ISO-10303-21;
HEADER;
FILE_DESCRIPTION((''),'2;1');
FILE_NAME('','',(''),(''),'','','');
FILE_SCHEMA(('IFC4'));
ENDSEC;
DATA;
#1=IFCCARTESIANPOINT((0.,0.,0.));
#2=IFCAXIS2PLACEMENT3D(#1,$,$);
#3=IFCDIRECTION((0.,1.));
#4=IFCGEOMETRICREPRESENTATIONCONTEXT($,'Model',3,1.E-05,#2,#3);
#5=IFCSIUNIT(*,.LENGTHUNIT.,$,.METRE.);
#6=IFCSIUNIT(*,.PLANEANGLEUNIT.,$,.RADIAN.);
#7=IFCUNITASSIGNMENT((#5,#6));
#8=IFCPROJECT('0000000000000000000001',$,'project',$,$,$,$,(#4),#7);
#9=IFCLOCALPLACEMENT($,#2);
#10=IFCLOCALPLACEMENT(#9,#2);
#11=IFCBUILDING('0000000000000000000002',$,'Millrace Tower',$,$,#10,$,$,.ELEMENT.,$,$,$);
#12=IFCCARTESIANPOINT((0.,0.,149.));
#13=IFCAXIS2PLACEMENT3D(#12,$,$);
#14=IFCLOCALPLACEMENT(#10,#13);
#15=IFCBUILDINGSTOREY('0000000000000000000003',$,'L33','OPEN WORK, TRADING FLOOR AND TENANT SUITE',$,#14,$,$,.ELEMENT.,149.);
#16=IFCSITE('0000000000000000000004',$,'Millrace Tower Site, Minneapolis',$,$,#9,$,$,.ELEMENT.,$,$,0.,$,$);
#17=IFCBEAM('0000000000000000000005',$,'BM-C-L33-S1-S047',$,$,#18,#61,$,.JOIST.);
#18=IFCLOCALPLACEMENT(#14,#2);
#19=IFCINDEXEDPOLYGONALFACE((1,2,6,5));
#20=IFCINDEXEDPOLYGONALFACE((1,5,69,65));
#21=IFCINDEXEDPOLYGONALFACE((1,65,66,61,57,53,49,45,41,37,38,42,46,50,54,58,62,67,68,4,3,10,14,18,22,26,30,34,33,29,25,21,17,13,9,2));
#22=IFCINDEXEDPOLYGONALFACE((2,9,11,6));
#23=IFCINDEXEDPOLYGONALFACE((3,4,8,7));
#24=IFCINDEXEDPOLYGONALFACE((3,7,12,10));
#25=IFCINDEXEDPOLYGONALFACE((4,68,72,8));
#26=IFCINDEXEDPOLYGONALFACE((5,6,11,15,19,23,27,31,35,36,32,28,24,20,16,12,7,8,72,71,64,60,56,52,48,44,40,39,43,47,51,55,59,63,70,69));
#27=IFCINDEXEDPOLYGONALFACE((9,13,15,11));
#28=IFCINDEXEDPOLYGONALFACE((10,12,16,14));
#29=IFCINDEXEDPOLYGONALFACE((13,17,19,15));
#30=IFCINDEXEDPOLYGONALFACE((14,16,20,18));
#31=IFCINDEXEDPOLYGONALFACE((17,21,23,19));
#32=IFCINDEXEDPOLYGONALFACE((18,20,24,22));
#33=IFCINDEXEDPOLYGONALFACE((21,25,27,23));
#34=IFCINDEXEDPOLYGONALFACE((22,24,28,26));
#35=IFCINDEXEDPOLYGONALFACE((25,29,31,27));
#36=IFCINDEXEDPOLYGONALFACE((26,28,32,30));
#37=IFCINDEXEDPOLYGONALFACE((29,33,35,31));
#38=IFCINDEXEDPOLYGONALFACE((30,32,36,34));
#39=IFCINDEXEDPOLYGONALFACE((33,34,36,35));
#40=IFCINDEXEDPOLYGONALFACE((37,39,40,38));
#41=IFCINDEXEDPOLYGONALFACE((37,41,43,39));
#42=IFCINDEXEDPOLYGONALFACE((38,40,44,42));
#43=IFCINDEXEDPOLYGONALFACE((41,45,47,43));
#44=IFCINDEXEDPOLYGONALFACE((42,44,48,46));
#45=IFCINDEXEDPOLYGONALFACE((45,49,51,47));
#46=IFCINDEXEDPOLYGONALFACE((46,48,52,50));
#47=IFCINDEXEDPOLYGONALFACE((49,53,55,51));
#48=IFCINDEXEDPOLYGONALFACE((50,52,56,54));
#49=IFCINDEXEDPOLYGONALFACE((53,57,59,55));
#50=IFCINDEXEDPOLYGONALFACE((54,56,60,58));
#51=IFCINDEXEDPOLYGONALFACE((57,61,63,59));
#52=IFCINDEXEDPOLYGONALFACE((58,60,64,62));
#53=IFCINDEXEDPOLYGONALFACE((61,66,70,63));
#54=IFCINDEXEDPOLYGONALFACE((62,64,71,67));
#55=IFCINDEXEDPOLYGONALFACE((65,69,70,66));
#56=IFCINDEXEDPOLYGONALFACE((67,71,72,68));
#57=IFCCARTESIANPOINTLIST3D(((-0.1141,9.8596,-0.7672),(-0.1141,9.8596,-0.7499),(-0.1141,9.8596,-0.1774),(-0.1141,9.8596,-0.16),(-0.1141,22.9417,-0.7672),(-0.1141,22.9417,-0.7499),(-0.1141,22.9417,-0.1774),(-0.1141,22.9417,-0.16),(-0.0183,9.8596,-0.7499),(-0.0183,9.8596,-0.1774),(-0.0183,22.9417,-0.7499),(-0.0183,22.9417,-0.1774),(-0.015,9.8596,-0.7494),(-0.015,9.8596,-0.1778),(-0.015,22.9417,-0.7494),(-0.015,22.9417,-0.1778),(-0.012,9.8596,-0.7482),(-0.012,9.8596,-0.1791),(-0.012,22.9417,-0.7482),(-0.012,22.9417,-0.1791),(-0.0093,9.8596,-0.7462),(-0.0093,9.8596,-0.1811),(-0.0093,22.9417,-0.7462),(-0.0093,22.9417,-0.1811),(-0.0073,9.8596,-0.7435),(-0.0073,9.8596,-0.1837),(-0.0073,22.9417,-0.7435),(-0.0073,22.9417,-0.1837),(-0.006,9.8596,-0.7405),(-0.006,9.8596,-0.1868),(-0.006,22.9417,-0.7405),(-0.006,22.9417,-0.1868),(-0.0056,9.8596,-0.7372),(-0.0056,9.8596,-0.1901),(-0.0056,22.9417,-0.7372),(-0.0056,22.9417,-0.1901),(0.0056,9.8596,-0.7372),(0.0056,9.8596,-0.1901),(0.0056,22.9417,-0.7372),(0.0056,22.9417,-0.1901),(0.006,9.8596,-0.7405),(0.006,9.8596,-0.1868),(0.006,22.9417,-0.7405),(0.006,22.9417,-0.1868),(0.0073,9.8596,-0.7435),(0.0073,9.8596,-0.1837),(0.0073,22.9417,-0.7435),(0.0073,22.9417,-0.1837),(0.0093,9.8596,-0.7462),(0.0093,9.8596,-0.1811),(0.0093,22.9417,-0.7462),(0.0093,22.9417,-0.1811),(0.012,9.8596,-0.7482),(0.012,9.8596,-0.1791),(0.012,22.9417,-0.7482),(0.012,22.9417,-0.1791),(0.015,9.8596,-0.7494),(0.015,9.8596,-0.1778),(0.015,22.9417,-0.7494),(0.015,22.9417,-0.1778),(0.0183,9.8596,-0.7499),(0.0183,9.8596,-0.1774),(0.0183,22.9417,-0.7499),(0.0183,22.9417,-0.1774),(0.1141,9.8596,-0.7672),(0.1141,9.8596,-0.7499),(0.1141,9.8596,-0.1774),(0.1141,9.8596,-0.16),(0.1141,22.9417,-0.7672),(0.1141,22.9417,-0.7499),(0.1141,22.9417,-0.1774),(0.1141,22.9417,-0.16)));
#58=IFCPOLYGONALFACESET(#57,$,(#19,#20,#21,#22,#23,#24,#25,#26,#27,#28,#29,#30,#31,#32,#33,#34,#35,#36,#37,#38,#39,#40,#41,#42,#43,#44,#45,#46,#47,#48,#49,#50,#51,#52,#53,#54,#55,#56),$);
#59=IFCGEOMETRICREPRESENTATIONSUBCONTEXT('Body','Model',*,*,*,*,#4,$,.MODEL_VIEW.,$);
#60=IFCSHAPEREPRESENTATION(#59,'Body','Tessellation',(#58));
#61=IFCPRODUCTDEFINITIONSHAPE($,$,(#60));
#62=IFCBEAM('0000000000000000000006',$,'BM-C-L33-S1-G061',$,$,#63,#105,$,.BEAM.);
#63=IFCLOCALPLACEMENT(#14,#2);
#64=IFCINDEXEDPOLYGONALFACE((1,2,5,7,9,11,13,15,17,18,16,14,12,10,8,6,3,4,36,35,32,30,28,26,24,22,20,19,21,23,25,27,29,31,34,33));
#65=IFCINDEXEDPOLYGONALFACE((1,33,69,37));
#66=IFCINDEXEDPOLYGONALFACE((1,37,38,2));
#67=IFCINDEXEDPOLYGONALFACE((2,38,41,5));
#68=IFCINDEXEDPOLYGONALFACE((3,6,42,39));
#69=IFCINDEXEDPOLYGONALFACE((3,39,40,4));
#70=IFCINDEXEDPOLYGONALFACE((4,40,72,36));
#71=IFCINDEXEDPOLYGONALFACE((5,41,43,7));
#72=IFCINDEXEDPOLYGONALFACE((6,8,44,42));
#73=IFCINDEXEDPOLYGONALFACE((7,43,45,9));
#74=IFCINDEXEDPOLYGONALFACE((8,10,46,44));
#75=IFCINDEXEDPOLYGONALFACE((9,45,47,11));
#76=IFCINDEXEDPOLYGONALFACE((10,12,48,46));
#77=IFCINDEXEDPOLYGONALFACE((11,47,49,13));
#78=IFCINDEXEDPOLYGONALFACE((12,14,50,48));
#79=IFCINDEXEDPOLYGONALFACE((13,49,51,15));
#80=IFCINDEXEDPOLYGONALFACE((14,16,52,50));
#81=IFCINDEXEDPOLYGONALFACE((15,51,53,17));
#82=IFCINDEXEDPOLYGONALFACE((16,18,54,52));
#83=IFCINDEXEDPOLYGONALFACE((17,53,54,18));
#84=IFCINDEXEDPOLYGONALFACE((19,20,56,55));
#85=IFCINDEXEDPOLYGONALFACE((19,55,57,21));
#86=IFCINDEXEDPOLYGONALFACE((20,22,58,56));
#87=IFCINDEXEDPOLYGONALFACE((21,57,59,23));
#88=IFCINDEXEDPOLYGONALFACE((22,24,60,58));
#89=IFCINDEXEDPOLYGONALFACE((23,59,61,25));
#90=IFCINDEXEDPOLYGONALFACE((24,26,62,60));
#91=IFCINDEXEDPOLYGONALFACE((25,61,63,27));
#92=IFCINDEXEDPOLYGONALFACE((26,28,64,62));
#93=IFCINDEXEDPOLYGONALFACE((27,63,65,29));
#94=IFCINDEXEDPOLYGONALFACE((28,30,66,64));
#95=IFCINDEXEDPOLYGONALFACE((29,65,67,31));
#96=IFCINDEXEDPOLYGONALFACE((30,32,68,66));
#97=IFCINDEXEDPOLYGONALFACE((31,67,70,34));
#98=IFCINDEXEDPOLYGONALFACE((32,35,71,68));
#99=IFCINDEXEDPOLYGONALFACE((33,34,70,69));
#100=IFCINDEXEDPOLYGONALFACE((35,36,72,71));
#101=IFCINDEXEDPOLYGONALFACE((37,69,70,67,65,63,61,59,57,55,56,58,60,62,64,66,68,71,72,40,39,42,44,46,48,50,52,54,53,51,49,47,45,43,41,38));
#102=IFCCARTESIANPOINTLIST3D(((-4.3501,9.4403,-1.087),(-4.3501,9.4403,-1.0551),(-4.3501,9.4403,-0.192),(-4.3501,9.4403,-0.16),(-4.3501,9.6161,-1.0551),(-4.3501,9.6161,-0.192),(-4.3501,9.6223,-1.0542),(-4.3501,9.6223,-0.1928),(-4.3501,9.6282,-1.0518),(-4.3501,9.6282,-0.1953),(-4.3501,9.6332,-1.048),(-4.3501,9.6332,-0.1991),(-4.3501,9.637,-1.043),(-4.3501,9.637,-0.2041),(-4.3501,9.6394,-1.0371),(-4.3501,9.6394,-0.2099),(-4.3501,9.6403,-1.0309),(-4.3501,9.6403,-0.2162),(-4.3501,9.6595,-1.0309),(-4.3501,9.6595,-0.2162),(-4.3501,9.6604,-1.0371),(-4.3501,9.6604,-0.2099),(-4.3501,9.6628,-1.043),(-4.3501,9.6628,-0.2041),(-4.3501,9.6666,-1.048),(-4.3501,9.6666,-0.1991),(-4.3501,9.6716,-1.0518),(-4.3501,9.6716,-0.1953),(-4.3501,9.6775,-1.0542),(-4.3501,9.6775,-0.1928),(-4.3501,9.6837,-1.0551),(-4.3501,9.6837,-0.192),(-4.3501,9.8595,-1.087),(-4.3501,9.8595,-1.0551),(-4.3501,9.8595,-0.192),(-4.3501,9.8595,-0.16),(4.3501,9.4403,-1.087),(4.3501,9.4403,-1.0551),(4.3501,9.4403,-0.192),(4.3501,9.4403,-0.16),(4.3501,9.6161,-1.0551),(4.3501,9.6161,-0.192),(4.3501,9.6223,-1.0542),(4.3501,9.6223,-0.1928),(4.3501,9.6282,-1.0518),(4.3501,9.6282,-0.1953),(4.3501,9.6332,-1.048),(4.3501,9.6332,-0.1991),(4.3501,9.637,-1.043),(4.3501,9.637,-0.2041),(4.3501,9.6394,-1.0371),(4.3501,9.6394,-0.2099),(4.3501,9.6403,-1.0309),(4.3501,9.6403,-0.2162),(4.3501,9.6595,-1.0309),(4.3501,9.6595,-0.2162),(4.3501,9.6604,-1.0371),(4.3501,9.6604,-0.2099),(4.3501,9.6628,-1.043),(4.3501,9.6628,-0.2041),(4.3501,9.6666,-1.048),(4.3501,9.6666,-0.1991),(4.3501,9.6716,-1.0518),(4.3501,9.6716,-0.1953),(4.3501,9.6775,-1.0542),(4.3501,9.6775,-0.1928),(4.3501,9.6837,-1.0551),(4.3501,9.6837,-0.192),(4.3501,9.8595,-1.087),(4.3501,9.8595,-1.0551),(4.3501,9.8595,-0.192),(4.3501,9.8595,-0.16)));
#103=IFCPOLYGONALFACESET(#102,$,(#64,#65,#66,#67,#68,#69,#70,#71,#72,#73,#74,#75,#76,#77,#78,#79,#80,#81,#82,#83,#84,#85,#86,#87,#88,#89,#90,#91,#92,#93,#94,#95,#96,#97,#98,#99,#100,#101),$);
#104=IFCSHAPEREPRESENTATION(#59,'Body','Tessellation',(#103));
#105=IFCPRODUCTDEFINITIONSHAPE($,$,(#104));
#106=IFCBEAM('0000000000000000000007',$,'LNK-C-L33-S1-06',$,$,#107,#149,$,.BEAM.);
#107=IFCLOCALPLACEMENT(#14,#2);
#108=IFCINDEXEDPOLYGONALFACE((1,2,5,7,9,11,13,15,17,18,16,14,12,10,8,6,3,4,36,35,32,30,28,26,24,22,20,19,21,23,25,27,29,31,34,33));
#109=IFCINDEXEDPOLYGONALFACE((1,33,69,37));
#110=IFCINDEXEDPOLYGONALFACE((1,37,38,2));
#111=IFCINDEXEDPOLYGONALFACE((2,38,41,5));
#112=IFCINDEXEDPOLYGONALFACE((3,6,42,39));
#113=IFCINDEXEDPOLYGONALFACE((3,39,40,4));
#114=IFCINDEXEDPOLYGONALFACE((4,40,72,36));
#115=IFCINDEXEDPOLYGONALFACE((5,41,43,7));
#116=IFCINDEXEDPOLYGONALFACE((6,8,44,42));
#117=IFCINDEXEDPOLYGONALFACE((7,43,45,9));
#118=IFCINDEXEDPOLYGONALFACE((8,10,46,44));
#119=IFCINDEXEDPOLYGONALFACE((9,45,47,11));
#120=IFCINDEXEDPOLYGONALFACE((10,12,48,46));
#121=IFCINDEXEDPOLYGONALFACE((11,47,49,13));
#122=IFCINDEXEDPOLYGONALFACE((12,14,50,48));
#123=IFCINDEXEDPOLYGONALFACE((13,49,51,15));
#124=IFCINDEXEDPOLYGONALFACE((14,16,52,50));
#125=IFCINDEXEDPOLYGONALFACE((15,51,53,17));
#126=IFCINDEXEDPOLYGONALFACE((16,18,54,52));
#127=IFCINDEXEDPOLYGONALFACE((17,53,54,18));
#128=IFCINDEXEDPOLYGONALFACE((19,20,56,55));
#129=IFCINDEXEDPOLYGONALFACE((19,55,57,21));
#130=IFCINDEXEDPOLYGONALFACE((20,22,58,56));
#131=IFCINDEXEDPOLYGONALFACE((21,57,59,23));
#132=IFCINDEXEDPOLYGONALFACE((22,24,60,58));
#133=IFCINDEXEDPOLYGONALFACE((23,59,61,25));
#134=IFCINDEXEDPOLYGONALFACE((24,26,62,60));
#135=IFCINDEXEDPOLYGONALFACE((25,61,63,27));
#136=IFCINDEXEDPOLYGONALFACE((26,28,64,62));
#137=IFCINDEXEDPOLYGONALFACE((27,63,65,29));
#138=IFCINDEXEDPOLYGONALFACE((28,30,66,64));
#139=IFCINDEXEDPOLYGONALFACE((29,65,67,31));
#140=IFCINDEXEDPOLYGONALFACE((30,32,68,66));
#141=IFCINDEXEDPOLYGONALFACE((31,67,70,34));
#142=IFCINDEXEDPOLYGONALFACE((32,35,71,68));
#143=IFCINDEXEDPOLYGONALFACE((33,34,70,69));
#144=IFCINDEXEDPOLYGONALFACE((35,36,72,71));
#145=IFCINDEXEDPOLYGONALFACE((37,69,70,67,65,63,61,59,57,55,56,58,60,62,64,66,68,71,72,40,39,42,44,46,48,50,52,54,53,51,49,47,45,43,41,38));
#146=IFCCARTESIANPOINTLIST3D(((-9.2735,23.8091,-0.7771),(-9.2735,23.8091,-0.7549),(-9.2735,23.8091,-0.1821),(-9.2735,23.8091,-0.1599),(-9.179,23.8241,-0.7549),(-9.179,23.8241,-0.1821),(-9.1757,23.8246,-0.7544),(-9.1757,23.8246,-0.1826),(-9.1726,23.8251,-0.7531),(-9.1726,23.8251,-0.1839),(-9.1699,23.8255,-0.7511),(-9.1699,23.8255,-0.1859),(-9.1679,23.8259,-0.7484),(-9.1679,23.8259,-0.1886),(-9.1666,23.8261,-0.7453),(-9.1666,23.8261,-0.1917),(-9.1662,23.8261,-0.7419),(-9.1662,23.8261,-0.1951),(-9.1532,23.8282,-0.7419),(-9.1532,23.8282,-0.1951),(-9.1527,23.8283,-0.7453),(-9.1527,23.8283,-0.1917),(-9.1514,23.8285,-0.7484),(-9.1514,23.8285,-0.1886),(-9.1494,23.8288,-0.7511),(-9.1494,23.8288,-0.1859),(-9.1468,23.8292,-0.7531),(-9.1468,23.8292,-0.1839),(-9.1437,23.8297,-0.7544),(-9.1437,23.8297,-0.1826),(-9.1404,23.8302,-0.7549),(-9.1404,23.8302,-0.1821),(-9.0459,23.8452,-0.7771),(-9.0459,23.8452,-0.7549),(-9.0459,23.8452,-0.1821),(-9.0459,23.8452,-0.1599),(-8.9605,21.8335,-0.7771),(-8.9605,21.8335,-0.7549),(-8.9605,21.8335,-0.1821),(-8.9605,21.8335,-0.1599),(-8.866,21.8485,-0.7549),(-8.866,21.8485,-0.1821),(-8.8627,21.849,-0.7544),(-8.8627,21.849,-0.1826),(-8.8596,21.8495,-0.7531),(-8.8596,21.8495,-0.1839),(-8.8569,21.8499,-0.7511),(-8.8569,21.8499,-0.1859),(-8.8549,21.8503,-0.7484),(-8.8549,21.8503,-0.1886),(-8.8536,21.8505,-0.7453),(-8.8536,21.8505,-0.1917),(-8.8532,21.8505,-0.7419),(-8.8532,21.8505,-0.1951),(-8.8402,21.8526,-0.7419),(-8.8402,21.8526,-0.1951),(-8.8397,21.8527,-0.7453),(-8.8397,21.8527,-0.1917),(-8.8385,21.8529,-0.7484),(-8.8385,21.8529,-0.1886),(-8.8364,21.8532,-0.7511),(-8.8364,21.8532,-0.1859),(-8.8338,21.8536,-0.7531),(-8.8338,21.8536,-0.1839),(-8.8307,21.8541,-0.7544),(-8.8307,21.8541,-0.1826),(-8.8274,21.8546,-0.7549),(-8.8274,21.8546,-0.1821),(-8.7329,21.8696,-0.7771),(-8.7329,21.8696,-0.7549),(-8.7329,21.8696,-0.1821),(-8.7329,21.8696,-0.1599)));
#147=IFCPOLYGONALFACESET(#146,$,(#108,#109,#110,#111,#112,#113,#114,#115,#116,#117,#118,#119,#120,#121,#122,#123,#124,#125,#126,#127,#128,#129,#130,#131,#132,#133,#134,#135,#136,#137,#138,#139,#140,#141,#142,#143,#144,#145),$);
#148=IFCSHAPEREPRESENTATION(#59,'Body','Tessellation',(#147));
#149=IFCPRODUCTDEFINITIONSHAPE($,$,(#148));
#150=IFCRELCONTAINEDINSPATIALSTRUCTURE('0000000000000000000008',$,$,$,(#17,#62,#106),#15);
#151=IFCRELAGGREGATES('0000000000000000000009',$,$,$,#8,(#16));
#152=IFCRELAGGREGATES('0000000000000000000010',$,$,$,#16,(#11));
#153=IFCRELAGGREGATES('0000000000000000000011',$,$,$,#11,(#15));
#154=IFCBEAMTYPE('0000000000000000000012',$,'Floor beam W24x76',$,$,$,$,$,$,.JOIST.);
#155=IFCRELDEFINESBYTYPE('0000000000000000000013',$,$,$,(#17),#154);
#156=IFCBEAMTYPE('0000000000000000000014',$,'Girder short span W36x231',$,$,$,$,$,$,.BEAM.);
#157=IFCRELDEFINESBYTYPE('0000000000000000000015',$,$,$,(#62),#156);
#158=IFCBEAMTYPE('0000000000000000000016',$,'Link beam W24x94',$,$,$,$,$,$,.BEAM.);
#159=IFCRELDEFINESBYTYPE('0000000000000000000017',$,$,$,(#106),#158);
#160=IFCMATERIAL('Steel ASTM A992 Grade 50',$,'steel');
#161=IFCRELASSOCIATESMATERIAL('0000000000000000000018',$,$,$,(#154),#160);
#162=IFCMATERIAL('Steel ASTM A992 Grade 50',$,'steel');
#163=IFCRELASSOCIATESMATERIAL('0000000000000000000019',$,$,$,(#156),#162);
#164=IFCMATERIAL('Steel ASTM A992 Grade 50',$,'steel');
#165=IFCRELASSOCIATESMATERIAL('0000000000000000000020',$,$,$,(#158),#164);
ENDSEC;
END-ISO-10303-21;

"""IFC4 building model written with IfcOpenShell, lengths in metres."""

from ifc_helpers import new_model, si_unit, direction, frame, origin, origin_2d, place, context, subcontext, project, spatial, i_section, extrude, material, material_profile, profile_set, type_object, element, save


model = new_model("IFC4")

# Units and contexts
model_context = context("Model", 3, precision=1e-05, world=origin(), true_north=direction((0.0, 1.0)))
body_context = subcontext(model_context, "Body", "Model", "MODEL_VIEW")
ifc_project = project(units=[si_unit("LENGTHUNIT", "METRE"), si_unit("PLANEANGLEUNIT", "RADIAN")], contexts=[model_context])

# Site, building, storey
site_placement = place(None, origin())
site = spatial("IfcSite", under=ifc_project, at=site_placement, Name="Millrace Tower Site, Minneapolis", CompositionType="ELEMENT", RefElevation=0.0)
building_placement = place(site_placement, origin())
building = spatial("IfcBuilding", under=site, at=building_placement, Name="Millrace Tower", CompositionType="ELEMENT")
storey_placement = place(building_placement, frame((0.0, 0.0, 149.0)))
storey = spatial("IfcBuildingStorey", under=building, at=storey_placement, Name="L33", Description="OPEN WORK, TRADING FLOOR AND TENANT SUITE", CompositionType="ELEMENT", Elevation=149.0)

# Beams
ifc_material_1 = material(Name="Steel ASTM A992 Grade 50", Category="steel")
ifc_material_profile_1 = material_profile(ifc_material_1, i_section(OverallWidth=0.2283, OverallDepth=0.6072, WebThickness=0.0112, FlangeThickness=0.0173, FilletRadius=0.0127, at=origin_2d()))
ifc_profile_set_1 = profile_set([ifc_material_profile_1], Name="Steel ASTM A992 Grade 50")
beam_type_1 = type_object("IfcBeamType", Name="Floor beam W24x76", PredefinedType="JOIST", material=ifc_profile_set_1)
beam_1_placement = place(storey_placement, frame((0.0, 9.8596, -0.4636), z_axis=(0.0, 1.0, 0.0), x_axis=(-1.0, 0.0, 0.0)))
element("IfcBeam", 1, at=beam_1_placement, inside=storey, type_object=beam_type_1, Name="BM-C-L33-S1-S047", PredefinedType="JOIST", context=body_context, shape_type="SweptSolid", body=[
    extrude(i_section(OverallWidth=0.2283, OverallDepth=0.6072, WebThickness=0.0112, FlangeThickness=0.0173, FilletRadius=0.0127, at=origin_2d()), origin(), (0.0, 0.0, 1.0), 13.082),
])
ifc_material_2 = material(Name="Steel ASTM A992 Grade 50", Category="steel")
ifc_material_profile_2 = material_profile(ifc_material_2, i_section(OverallWidth=0.4192, OverallDepth=0.927, WebThickness=0.0193, FlangeThickness=0.032, FilletRadius=0.0242, at=origin_2d()))
ifc_profile_set_2 = profile_set([ifc_material_profile_2], Name="Steel ASTM A992 Grade 50")
beam_type_2 = type_object("IfcBeamType", Name="Girder short span W36x231", PredefinedType="BEAM", material=ifc_profile_set_2)
beam_2_placement = place(storey_placement, frame((-4.3501, 9.6499, -0.6235), z_axis=(1.0, 0.0, 0.0), x_axis=(0.0, 1.0, 0.0)))
element("IfcBeam", 2, at=beam_2_placement, inside=storey, type_object=beam_type_2, Name="BM-C-L33-S1-G061", PredefinedType="BEAM", context=body_context, shape_type="SweptSolid", body=[
    extrude(i_section(OverallWidth=0.4192, OverallDepth=0.927, WebThickness=0.0193, FlangeThickness=0.032, FilletRadius=0.0242, at=origin_2d()), origin(), (0.0, 0.0, 1.0), 8.7002),
])
ifc_material_3 = material(Name="Steel ASTM A992 Grade 50", Category="steel")
ifc_material_profile_3 = material_profile(ifc_material_3, i_section(OverallWidth=0.2305, OverallDepth=0.6172, WebThickness=0.0132, FlangeThickness=0.0222, FilletRadius=0.0129, at=origin_2d()))
ifc_profile_set_3 = profile_set([ifc_material_profile_3], Name="Steel ASTM A992 Grade 50")
beam_type_3 = type_object("IfcBeamType", Name="Link beam W24x94", PredefinedType="BEAM", material=ifc_profile_set_3)
beam_3_placement = place(storey_placement, frame((-8.8467, 21.8516, -0.4685), z_axis=(-0.156477, 0.987682, 0.0), x_axis=(-0.987682, -0.156477, 0.0)))
element("IfcBeam", 3, at=beam_3_placement, inside=storey, type_object=beam_type_3, Name="LNK-C-L33-S1-06", PredefinedType="BEAM", context=body_context, shape_type="SweptSolid", body=[
    extrude(i_section(OverallWidth=0.2305, OverallDepth=0.6172, WebThickness=0.0132, FlangeThickness=0.0222, FilletRadius=0.0129, at=origin_2d()), origin(), (0.0, 0.0, 1.0), 2.0002),
])

save(model, "model.ifc")
